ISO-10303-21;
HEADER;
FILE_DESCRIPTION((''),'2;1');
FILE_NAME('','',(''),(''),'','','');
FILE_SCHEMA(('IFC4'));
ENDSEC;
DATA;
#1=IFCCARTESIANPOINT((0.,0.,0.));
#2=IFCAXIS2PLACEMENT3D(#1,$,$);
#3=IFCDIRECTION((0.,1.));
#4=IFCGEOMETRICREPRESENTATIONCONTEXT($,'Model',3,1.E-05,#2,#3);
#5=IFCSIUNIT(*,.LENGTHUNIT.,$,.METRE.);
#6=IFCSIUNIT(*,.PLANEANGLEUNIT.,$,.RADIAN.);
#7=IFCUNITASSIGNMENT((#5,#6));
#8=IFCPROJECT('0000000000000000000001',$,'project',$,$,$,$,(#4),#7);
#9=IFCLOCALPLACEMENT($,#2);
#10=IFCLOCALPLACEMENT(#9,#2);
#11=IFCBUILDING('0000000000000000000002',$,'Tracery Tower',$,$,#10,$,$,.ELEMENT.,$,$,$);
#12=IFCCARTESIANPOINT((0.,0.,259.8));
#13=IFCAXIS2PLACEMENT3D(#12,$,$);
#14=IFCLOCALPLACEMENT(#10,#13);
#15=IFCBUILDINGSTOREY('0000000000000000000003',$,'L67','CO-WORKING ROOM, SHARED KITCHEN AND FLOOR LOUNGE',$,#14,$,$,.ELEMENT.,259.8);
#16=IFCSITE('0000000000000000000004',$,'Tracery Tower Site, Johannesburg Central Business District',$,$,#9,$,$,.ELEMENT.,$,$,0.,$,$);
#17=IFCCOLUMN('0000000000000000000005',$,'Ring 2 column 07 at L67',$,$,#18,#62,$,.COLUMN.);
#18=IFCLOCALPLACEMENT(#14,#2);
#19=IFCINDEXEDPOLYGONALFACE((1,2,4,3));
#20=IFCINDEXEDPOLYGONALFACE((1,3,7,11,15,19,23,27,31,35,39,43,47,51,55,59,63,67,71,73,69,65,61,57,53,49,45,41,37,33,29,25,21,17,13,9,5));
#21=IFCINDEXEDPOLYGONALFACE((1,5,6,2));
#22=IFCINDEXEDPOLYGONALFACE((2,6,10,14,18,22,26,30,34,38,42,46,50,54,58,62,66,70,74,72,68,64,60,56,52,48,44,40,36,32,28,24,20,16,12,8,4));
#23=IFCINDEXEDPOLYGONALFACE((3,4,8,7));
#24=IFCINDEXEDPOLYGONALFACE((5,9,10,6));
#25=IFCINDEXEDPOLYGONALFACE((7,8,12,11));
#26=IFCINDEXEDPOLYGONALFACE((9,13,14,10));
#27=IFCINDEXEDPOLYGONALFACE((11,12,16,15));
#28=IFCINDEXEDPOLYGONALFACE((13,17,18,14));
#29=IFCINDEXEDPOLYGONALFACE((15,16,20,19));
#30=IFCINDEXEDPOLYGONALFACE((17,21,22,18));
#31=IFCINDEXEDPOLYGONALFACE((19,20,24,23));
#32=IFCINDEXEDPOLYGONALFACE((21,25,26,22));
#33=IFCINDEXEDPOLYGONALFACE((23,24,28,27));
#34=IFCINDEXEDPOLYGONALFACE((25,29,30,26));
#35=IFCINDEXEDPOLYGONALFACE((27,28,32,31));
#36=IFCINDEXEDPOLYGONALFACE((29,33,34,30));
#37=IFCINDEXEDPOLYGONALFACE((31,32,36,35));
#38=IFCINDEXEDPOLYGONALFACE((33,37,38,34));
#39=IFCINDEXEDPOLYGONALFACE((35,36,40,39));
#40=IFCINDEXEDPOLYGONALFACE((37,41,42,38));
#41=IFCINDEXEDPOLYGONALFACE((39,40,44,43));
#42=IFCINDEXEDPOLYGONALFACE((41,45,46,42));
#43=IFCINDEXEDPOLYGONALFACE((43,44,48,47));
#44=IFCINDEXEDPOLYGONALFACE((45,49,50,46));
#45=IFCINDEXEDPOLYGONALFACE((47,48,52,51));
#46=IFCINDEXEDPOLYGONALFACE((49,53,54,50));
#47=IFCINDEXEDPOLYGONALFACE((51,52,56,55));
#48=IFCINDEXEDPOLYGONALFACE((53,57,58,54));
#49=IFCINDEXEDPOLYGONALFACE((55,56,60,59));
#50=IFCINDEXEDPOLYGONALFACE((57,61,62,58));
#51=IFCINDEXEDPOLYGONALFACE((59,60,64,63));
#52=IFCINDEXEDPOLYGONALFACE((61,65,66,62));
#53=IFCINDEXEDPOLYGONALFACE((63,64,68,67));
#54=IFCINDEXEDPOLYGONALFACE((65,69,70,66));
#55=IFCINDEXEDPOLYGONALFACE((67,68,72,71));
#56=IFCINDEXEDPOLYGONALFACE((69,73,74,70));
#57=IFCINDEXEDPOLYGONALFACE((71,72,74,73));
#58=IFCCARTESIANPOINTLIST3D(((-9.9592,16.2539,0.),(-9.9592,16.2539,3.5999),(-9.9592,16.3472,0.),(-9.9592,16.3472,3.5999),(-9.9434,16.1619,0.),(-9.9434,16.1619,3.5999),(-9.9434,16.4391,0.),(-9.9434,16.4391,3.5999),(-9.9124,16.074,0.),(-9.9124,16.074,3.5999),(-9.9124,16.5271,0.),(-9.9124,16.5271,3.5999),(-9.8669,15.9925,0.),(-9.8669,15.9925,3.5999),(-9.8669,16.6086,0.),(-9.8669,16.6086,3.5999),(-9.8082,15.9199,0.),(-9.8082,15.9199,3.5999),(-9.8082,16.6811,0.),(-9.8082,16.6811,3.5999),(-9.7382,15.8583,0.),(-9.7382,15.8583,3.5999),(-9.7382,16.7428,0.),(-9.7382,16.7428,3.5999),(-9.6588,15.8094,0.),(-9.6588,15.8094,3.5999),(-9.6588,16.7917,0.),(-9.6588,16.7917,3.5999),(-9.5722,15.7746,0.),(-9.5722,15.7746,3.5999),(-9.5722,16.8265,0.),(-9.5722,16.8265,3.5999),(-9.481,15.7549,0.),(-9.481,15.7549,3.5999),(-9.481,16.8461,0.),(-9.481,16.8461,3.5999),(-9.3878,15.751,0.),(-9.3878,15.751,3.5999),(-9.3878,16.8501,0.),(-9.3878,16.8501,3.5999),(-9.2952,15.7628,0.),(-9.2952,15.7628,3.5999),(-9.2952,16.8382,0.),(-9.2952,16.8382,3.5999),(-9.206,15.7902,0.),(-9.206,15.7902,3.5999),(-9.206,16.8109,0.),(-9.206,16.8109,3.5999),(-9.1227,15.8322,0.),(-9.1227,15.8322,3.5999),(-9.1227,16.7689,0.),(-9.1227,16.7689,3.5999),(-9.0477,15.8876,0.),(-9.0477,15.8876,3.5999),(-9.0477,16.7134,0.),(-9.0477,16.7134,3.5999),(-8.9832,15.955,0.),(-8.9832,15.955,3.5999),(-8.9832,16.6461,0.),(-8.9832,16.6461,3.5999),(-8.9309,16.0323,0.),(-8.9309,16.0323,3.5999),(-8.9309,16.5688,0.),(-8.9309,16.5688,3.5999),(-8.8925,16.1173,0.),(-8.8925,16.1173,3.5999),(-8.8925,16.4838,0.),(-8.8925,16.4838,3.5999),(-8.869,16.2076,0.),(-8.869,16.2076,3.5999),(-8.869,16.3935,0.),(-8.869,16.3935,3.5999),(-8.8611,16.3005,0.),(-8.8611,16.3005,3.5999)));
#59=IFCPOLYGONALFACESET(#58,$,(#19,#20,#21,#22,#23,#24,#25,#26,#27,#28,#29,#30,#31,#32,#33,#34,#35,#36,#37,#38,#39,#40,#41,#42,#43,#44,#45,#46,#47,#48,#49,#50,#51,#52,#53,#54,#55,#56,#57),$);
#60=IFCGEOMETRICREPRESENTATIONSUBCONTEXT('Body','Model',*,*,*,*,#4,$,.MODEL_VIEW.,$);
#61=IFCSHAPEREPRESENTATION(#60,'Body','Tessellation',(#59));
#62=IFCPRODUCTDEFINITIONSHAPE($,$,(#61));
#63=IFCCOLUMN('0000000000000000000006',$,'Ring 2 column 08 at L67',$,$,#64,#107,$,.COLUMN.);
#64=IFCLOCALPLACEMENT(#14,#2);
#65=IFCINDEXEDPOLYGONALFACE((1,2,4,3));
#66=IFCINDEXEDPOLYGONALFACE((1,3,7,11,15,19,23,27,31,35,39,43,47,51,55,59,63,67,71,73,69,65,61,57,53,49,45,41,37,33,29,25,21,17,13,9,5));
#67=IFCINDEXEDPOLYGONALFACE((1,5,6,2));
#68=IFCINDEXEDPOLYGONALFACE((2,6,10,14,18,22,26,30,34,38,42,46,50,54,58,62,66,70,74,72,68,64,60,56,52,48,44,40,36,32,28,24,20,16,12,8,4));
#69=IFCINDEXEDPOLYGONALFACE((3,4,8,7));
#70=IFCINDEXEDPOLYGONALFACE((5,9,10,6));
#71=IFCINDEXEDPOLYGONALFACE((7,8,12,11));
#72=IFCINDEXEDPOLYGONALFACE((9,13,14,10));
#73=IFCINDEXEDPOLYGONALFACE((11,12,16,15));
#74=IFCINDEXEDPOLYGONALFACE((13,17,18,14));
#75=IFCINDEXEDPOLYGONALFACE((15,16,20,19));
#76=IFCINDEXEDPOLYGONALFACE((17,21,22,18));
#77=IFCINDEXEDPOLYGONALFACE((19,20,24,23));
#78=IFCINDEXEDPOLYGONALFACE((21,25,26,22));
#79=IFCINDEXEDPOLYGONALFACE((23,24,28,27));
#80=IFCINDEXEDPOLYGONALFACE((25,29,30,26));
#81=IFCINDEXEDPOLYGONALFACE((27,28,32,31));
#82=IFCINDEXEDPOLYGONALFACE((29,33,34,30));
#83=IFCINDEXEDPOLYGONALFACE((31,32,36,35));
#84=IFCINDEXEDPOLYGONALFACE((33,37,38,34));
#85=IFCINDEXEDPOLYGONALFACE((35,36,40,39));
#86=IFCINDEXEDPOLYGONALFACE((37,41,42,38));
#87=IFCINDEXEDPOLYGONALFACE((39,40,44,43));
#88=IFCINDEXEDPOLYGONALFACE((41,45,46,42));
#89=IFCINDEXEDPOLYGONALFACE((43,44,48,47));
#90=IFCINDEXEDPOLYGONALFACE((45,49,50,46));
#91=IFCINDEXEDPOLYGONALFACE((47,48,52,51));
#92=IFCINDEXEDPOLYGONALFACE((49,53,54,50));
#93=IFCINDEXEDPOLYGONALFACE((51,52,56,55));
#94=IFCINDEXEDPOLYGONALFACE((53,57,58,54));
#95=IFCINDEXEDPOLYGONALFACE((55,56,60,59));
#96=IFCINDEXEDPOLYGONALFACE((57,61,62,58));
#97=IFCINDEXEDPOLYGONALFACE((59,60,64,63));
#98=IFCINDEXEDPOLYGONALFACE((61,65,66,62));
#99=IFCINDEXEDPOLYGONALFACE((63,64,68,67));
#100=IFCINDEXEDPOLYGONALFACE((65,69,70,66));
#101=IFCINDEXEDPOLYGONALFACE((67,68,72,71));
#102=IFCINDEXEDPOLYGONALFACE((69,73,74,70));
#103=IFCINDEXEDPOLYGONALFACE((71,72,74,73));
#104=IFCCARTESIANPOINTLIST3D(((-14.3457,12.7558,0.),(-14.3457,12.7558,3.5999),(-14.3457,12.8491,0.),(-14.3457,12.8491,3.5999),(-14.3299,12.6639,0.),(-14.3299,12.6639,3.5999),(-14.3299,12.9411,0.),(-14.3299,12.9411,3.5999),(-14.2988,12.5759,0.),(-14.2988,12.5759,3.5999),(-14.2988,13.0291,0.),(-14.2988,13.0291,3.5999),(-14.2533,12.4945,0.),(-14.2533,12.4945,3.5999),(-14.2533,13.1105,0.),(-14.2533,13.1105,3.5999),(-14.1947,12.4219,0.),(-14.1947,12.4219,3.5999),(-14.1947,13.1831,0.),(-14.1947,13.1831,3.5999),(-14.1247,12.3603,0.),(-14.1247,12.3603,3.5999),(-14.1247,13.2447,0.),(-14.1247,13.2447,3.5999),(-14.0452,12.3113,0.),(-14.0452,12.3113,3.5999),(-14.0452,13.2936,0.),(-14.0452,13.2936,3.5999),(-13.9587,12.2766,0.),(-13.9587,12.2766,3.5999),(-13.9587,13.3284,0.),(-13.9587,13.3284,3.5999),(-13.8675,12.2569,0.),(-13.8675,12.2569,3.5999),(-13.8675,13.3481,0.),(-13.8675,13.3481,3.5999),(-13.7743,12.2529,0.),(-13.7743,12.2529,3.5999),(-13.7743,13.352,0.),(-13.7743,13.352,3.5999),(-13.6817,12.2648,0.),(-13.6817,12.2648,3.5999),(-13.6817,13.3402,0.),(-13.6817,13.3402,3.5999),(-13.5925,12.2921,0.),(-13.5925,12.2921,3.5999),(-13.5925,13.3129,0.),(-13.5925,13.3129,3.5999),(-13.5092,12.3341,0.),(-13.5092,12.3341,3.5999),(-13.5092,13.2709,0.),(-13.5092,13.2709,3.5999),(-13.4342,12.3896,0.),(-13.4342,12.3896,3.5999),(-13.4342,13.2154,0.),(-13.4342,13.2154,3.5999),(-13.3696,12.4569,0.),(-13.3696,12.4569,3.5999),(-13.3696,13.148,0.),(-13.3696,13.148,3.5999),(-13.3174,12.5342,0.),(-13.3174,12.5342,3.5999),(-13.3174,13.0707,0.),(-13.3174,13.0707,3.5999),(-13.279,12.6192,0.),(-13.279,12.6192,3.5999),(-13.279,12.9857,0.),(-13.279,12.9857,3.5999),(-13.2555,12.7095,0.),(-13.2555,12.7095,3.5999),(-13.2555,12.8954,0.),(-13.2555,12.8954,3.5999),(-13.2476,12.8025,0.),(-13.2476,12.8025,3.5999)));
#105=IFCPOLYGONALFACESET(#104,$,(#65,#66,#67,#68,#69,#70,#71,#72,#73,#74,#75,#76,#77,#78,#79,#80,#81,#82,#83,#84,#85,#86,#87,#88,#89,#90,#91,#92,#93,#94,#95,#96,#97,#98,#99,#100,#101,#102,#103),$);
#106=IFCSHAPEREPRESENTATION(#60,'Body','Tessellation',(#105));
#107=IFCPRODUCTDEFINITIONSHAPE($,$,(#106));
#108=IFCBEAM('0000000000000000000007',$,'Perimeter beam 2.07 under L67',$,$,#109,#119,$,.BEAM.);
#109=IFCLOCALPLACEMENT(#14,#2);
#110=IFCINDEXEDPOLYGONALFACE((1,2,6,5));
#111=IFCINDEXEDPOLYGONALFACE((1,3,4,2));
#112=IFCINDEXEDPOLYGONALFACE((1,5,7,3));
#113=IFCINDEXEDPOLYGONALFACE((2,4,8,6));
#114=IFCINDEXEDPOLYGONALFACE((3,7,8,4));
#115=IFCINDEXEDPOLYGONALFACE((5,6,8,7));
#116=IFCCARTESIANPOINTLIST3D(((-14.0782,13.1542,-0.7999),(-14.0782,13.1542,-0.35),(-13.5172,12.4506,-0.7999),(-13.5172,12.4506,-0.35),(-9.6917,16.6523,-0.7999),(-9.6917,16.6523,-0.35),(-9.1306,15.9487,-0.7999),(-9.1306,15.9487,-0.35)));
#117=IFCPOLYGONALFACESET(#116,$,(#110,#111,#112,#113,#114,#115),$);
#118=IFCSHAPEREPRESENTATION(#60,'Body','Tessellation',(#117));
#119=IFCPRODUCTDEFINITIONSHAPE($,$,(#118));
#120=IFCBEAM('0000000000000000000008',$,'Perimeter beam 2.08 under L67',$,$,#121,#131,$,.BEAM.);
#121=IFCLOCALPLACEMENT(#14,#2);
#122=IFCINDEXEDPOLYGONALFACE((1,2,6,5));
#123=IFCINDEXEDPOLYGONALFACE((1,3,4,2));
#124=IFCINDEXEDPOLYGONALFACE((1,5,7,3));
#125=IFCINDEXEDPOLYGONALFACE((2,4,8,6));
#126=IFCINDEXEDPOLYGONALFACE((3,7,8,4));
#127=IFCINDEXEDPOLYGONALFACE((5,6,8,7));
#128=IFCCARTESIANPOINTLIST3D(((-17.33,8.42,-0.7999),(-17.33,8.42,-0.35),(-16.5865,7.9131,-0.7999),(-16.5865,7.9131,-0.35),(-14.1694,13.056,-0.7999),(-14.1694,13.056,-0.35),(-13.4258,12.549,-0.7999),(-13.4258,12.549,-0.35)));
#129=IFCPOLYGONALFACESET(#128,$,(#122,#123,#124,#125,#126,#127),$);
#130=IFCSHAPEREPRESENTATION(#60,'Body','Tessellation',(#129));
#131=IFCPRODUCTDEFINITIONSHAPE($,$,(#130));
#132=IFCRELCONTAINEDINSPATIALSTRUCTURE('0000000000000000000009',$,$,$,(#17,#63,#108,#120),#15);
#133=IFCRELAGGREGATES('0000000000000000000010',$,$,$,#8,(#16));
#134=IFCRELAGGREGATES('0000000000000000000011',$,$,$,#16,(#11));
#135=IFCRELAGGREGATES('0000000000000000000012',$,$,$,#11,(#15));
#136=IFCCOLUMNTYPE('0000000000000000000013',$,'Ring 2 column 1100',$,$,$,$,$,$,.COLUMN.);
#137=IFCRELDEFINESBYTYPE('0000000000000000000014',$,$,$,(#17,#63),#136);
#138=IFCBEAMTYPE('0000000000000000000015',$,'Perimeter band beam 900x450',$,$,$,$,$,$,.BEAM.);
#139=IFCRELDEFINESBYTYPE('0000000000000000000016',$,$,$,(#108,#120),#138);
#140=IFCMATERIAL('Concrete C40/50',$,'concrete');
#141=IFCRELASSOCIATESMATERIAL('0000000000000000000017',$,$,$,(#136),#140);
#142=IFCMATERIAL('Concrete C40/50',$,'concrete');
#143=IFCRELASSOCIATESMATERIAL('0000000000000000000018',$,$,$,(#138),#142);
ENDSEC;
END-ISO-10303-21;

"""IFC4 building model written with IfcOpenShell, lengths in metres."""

from ifc_helpers import new_model, si_unit, direction, frame, origin, origin_2d, place, context, subcontext, project, spatial, rectangle, circle, extrude, material, material_profile, profile_set, type_object, element, save


model = new_model("IFC4")

# Units and contexts
model_context = context("Model", 3, precision=1e-05, world=origin(), true_north=direction((0.0, 1.0)))
body_context = subcontext(model_context, "Body", "Model", "MODEL_VIEW")
ifc_project = project(units=[si_unit("LENGTHUNIT", "METRE"), si_unit("PLANEANGLEUNIT", "RADIAN")], contexts=[model_context])

# Site, building, storey
site_placement = place(None, origin())
site = spatial("IfcSite", under=ifc_project, at=site_placement, Name="Tracery Tower Site, Johannesburg Central Business District", CompositionType="ELEMENT", RefElevation=0.0)
building_placement = place(site_placement, origin())
building = spatial("IfcBuilding", under=site, at=building_placement, Name="Tracery Tower", CompositionType="ELEMENT")
storey_placement = place(building_placement, frame((0.0, 0.0, 259.8)))
storey = spatial("IfcBuildingStorey", under=building, at=storey_placement, Name="L67", Description="CO-WORKING ROOM, SHARED KITCHEN AND FLOOR LOUNGE", CompositionType="ELEMENT", Elevation=259.8)

# Columns
ifc_material_1 = material(Name="Concrete C40/50", Category="concrete")
ifc_material_profile_1 = material_profile(ifc_material_1, circle(Radius=0.55, at=origin_2d()), Name="RC D1100")
ifc_profile_set_1 = profile_set([ifc_material_profile_1], Name="Concrete C40/50")
column_type = type_object("IfcColumnType", Name="Ring 2 column 1100", PredefinedType="COLUMN", material=ifc_profile_set_1)
for number, where, z_axis, x_axis, name in (
    (1, (-9.4111, 16.3005, 0.0), (0.0, 0.0, 1.0), (1.0, 0.0, 0.0), "Ring 2 column 07 at L67"),
    (2, (-13.7976, 12.8025, 0.0), (0.0, 0.0, 1.0), (1.0, 0.0, 0.0), "Ring 2 column 08 at L67"),
):
    element("IfcColumn", number, at=place(storey_placement, frame(where, z_axis=z_axis, x_axis=x_axis)), inside=storey, type_object=column_type, Name=name, PredefinedType="COLUMN", context=body_context, shape_type="SweptSolid", body=[
        extrude(circle(Radius=0.55, at=origin_2d()), origin(), (0.0, 0.0, 1.0), 3.5999),
    ])

# Beams
ifc_material_2 = material(Name="Concrete C40/50", Category="concrete")
ifc_material_profile_2 = material_profile(ifc_material_2, rectangle(XDim=0.8999, YDim=0.45, at=origin_2d()), Name="RC 900x450")
ifc_profile_set_2 = profile_set([ifc_material_profile_2], Name="Concrete C40/50")
beam_type = type_object("IfcBeamType", Name="Perimeter band beam 900x450", PredefinedType="BEAM", material=ifc_profile_set_2)
beam_1_placement = place(storey_placement, frame((-9.4111, 16.3005, -0.575), z_axis=(-0.781836, -0.623484, 0.0), x_axis=(0.623484, -0.781836, 0.0)))
element("IfcBeam", 3, at=beam_1_placement, inside=storey, type_object=beam_type, Name="Perimeter beam 2.07 under L67", PredefinedType="BEAM", context=body_context, shape_type="SweptSolid", body=[
    extrude(rectangle(XDim=0.8999, YDim=0.45, at=origin_2d()), origin(), (0.0, 0.0, 1.0), 5.6106),
])
beam_2_placement = place(storey_placement, frame((-13.7976, 12.8025, -0.575), z_axis=(-0.563306, -0.826249, 0.0), x_axis=(0.826249, -0.563306, 0.0)))
element("IfcBeam", 4, at=beam_2_placement, inside=storey, type_object=beam_type, Name="Perimeter beam 2.08 under L67", PredefinedType="BEAM", context=body_context, shape_type="SweptSolid", body=[
    extrude(rectangle(XDim=0.8999, YDim=0.45, at=origin_2d()), origin(), (0.0, 0.0, 1.0), 5.6108),
])

save(model, "model.ifc")
